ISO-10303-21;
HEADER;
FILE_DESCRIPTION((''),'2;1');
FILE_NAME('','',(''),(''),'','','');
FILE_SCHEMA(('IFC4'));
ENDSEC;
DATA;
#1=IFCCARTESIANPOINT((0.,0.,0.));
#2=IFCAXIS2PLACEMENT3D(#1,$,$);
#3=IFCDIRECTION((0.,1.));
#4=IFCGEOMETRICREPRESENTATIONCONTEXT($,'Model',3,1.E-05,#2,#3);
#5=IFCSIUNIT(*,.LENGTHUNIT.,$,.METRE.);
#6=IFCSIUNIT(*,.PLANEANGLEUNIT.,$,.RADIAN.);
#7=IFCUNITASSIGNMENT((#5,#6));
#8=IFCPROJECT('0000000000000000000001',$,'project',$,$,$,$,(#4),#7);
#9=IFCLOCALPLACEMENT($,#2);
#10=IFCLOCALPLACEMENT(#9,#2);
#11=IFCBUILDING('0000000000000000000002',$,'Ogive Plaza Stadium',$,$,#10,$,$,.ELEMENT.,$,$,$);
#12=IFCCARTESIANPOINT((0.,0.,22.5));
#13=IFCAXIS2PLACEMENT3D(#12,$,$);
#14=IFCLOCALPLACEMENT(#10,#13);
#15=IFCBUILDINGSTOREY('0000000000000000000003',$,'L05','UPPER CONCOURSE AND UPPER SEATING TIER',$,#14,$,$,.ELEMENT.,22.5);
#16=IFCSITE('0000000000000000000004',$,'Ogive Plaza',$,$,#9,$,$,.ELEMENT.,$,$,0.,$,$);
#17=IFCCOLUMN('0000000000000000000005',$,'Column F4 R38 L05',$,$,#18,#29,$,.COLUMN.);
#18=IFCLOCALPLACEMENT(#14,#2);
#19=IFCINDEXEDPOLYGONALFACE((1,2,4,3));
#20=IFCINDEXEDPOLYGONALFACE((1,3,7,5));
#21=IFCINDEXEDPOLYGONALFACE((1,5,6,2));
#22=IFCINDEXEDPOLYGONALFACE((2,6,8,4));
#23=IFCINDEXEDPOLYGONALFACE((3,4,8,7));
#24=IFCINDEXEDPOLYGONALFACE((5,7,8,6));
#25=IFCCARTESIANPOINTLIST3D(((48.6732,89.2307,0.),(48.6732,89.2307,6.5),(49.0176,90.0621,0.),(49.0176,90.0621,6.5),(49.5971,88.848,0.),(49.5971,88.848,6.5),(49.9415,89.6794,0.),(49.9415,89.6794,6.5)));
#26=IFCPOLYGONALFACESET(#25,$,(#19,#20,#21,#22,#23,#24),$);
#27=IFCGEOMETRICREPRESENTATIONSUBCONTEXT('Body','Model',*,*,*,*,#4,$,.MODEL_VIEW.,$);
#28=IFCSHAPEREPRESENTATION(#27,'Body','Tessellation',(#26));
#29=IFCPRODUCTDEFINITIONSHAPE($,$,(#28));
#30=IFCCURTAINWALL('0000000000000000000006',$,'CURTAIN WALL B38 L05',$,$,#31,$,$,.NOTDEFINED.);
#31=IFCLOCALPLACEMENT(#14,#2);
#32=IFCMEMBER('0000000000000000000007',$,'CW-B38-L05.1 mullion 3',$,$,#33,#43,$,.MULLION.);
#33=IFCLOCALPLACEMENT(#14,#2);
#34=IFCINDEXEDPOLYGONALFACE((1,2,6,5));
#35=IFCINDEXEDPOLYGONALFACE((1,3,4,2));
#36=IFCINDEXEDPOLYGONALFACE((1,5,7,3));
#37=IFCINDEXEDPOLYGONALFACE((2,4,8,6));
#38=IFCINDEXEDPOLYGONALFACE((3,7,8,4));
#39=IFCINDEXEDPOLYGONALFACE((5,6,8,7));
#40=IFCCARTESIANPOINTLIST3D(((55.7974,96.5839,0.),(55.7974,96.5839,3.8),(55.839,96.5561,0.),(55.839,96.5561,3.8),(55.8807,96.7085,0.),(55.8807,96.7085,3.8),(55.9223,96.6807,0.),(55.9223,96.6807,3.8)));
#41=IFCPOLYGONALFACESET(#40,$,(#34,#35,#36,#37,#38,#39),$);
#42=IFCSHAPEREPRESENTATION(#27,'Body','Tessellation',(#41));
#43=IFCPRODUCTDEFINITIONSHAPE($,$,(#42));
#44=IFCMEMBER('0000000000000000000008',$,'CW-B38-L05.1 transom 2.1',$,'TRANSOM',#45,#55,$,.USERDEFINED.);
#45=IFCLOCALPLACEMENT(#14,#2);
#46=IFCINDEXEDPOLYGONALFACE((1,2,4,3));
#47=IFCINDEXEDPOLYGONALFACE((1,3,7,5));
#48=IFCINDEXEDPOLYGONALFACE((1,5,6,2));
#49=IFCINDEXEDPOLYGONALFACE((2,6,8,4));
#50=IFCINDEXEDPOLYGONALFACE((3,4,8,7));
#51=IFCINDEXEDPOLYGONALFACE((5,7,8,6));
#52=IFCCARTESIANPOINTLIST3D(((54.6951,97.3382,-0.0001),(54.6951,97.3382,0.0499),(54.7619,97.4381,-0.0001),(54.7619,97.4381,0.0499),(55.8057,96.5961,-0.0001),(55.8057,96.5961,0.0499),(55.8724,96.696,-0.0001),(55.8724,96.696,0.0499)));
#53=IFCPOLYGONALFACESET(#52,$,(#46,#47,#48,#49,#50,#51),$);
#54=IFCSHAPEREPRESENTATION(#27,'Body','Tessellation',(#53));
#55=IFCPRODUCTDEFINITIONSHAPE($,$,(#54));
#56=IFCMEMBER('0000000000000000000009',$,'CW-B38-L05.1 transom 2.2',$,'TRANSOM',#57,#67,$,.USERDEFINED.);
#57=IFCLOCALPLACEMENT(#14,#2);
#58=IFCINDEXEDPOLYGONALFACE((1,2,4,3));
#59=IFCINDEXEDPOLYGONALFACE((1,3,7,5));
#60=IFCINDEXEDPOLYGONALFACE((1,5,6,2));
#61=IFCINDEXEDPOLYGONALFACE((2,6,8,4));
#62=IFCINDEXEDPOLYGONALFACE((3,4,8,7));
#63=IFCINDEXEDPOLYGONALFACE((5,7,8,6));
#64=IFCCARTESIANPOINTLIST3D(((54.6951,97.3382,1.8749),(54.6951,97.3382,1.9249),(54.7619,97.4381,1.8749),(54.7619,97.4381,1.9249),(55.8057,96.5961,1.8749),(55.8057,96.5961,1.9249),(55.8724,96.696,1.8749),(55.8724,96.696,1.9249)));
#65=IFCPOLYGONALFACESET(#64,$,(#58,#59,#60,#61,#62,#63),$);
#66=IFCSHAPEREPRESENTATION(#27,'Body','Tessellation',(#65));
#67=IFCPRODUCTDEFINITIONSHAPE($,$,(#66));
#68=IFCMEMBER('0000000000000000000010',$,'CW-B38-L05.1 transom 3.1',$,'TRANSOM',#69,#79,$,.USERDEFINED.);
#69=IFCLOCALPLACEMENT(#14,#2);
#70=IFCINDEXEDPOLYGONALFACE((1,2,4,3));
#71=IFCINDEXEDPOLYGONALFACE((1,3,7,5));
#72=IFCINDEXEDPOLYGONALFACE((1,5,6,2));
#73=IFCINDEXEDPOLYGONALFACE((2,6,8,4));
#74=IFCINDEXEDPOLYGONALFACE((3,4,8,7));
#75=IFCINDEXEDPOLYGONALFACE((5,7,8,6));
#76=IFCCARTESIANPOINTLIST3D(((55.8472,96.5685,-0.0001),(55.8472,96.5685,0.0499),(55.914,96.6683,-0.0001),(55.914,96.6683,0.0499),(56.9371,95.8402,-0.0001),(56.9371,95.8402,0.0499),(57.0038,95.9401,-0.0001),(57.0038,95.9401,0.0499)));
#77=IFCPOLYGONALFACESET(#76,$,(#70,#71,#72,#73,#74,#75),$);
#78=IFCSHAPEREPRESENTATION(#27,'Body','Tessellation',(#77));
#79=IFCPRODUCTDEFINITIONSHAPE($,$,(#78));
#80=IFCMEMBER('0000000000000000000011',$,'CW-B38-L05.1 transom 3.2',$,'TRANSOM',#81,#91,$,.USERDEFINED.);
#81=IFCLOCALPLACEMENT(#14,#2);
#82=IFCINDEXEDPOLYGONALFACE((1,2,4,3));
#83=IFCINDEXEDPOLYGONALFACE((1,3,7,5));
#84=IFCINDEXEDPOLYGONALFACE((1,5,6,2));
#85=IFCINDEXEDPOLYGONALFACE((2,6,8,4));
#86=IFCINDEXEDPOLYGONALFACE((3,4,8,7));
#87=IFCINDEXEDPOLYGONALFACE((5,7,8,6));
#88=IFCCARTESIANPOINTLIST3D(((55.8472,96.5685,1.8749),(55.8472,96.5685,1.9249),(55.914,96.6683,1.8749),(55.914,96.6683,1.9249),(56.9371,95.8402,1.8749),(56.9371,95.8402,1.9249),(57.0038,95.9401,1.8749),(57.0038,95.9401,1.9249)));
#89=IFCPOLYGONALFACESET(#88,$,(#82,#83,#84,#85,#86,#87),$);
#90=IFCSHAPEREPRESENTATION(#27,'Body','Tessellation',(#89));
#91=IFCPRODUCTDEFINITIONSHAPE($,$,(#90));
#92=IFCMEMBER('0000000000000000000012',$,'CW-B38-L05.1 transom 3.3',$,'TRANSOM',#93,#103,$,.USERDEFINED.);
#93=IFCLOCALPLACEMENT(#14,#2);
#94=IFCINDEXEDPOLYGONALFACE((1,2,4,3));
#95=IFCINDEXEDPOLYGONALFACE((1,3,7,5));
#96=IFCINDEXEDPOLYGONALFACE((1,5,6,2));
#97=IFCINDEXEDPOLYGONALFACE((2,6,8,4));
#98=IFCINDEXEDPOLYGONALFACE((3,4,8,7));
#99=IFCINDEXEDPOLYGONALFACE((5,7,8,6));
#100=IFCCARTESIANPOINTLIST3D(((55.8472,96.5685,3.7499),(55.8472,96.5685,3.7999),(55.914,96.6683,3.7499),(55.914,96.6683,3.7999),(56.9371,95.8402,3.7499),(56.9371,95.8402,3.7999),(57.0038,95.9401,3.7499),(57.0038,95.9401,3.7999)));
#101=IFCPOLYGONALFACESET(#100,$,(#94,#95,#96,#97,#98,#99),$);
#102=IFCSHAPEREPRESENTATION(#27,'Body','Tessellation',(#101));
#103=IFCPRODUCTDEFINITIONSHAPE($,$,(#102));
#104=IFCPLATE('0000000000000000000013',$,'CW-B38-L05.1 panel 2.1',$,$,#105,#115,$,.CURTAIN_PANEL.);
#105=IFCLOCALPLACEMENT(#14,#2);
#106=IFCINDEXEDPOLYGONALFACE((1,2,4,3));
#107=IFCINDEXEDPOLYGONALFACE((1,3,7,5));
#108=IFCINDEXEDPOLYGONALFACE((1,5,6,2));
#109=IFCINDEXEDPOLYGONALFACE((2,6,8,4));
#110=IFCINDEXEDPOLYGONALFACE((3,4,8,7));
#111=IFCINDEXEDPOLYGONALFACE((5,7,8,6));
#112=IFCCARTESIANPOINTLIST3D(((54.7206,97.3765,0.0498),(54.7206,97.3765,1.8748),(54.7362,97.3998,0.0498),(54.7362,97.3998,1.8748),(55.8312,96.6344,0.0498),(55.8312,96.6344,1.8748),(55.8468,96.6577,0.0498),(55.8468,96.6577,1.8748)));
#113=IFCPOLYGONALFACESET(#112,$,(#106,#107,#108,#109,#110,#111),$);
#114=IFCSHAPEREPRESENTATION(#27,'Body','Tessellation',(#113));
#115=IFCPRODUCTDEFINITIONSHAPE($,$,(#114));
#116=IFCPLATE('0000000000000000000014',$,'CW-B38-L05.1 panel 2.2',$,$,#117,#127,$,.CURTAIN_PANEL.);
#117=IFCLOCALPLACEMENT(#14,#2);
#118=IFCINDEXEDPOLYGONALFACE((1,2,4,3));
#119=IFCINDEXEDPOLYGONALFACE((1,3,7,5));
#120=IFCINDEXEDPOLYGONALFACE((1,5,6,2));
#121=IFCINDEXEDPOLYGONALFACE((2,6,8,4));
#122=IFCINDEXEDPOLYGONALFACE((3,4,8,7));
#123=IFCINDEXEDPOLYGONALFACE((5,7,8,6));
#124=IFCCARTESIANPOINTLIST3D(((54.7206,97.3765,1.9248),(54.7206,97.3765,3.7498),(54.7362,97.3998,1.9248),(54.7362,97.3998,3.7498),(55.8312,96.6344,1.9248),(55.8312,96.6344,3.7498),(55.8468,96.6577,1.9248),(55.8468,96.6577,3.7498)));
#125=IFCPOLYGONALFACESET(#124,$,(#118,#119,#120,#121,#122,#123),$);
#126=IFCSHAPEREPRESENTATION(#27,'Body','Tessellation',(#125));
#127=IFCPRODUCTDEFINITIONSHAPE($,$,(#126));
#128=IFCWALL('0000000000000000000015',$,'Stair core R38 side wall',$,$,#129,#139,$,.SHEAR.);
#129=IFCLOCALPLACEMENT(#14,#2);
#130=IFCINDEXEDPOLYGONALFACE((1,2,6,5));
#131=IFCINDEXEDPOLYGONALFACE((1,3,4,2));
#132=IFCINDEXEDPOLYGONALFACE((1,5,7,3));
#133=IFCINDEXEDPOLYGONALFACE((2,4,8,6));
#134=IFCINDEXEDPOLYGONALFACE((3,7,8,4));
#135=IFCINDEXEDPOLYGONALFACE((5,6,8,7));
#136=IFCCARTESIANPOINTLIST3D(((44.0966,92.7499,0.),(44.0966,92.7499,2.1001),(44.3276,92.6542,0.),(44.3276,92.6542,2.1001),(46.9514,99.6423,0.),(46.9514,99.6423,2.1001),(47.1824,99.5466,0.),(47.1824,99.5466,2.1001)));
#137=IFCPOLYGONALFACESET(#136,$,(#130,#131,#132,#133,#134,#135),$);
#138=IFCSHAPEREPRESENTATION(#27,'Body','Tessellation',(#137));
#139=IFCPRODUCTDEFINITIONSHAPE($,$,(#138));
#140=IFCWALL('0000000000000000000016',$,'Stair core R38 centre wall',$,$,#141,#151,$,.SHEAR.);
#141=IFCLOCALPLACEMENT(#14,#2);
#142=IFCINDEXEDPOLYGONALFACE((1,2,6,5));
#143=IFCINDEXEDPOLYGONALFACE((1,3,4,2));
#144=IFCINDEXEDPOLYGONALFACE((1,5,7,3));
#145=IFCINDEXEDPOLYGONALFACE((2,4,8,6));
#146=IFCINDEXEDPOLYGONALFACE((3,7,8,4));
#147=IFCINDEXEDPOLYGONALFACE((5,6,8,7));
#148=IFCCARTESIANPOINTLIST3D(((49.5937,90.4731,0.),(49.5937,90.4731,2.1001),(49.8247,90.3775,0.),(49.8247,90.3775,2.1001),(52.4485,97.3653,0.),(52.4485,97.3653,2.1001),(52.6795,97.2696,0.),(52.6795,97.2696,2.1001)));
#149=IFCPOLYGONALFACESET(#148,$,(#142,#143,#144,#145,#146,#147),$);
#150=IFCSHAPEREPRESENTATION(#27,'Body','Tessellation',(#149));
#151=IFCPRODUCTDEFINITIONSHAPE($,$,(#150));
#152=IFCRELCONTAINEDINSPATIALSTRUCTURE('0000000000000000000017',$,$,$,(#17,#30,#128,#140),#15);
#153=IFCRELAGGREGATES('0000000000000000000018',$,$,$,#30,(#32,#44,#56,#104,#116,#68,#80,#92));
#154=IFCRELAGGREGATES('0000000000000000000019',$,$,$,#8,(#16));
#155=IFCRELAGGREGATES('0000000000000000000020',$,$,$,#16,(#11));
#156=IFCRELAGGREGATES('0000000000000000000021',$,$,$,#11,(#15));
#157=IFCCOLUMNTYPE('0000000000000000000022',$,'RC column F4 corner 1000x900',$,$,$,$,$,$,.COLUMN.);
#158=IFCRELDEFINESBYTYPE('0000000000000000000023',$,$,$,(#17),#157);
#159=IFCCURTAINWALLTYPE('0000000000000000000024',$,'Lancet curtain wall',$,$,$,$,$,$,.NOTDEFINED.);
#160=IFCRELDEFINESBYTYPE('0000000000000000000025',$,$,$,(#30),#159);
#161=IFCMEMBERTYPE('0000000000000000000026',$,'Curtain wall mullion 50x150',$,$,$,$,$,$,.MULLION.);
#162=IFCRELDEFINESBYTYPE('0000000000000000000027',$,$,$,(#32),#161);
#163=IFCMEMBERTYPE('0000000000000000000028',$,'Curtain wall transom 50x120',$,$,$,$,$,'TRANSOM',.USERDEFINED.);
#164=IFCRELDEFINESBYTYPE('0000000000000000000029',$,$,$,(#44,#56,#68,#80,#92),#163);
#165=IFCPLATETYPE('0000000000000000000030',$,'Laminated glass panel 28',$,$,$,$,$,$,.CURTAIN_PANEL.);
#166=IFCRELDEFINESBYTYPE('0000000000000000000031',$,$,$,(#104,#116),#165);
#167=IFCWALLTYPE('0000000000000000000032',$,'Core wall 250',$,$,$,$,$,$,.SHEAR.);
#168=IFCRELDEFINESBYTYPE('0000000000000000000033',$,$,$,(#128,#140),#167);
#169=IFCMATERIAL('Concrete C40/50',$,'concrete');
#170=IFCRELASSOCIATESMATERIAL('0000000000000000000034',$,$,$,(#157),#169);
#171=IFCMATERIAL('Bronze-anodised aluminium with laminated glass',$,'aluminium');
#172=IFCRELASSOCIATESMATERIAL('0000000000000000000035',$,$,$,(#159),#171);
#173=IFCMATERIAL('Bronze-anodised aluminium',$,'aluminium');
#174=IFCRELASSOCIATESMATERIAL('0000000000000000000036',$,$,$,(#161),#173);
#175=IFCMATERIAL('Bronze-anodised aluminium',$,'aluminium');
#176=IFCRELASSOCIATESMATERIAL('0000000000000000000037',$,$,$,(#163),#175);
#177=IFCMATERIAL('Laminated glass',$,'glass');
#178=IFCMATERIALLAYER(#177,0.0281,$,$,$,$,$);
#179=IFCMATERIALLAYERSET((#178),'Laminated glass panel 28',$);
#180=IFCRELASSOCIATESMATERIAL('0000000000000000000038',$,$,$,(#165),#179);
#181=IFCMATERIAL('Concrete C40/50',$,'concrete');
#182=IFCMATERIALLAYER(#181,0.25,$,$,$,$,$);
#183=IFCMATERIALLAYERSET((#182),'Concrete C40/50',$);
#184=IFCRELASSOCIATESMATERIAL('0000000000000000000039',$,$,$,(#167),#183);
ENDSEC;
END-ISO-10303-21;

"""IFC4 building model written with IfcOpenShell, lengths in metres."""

from ifc_helpers import new_model, si_unit, direction, frame, frame_2d, origin, origin_2d, place, context, subcontext, project, spatial, rectangle, extrude, material, layer, layer_set, material_profile, profile_set, type_object, element, aggregate, save


model = new_model("IFC4")

# Units and contexts
model_context = context("Model", 3, precision=1e-05, world=origin(), true_north=direction((0.0, 1.0)))
body_context = subcontext(model_context, "Body", "Model", "MODEL_VIEW")
ifc_project = project(units=[si_unit("LENGTHUNIT", "METRE"), si_unit("PLANEANGLEUNIT", "RADIAN")], contexts=[model_context])

# Site, building, storey
site_placement = place(None, origin())
site = spatial("IfcSite", under=ifc_project, at=site_placement, Name="Ogive Plaza", CompositionType="ELEMENT", RefElevation=0.0)
building_placement = place(site_placement, origin())
building = spatial("IfcBuilding", under=site, at=building_placement, Name="Ogive Plaza Stadium", CompositionType="ELEMENT")
storey_placement = place(building_placement, frame((0.0, 0.0, 22.5)))
storey = spatial("IfcBuildingStorey", under=building, at=storey_placement, Name="L05", Description="UPPER CONCOURSE AND UPPER SEATING TIER", CompositionType="ELEMENT", Elevation=22.5)

# Column
ifc_material_1 = material(Name="Concrete C40/50", Category="concrete")
ifc_material_profile_1 = material_profile(ifc_material_1, rectangle(XDim=1.0, YDim=0.8999, at=origin_2d()), Name="RC 1000x900")
ifc_profile_set_1 = profile_set([ifc_material_profile_1], Name="Concrete C40/50")
column_type = type_object("IfcColumnType", Name="RC column F4 corner 1000x900", PredefinedType="COLUMN", material=ifc_profile_set_1)
column_placement = place(storey_placement, frame((49.3074, 89.4551, 0.0), z_axis=(0.0, 0.0, 1.0), x_axis=(-0.92388, 0.382683, 0.0)))
element("IfcColumn", 1, at=column_placement, inside=storey, type_object=column_type, Name="Column F4 R38 L05", PredefinedType="COLUMN", context=body_context, shape_type="SweptSolid", body=[
    extrude(rectangle(XDim=1.0, YDim=0.8999, at=origin_2d()), origin(), (0.0, 0.0, 1.0), 6.5),
])

# Curtain wall, members, plates
ifc_material_2 = material(Name="Bronze-anodised aluminium with laminated glass", Category="aluminium")
curtain_wall_type = type_object("IfcCurtainWallType", Name="Lancet curtain wall", PredefinedType="NOTDEFINED", material=ifc_material_2)
curtain_wall_placement = place(storey_placement, origin())
curtain_wall = element("IfcCurtainWall", 2, at=curtain_wall_placement, inside=storey, type_object=curtain_wall_type, Name="CURTAIN WALL B38 L05", PredefinedType="NOTDEFINED")
ifc_material_3 = material(Name="Bronze-anodised aluminium", Category="aluminium")
ifc_material_profile_2 = material_profile(ifc_material_3, rectangle(XDim=0.1499, YDim=0.05, at=origin_2d()), Name="AL 150x50")
ifc_profile_set_2 = profile_set([ifc_material_profile_2], Name="Bronze-anodised aluminium")
member_type_1 = type_object("IfcMemberType", Name="Curtain wall mullion 50x150", PredefinedType="MULLION", material=ifc_profile_set_2)
member_1_placement = place(storey_placement, frame((55.8599, 96.6323, 0.0), z_axis=(0.0, 0.0, 1.0), x_axis=(0.55557, 0.83147, 0.0)))
member_1 = element("IfcMember", 3, at=member_1_placement, type_object=member_type_1, Name="CW-B38-L05.1 mullion 3", PredefinedType="MULLION", context=body_context, shape_type="SweptSolid", body=[
    extrude(rectangle(XDim=0.1499, YDim=0.05, at=origin_2d()), origin(), (0.0, 0.0, 1.0), 3.8),
])
ifc_material_4 = material(Name="Bronze-anodised aluminium", Category="aluminium")
ifc_material_profile_3 = material_profile(ifc_material_4, rectangle(XDim=0.1201, YDim=0.05, at=origin_2d()), Name="AL 120x50")
ifc_profile_set_3 = profile_set([ifc_material_profile_3], Name="Bronze-anodised aluminium")
member_type_2 = type_object("IfcMemberType", Name="Curtain wall transom 50x120", ElementType="TRANSOM", PredefinedType="USERDEFINED", material=ifc_profile_set_3)
member_2_placement = place(storey_placement, frame((54.7285, 97.3882, 0.0249), z_axis=(0.831431, -0.555628, 0.0), x_axis=(0.555628, 0.831431, 0.0)))
member_2 = element("IfcMember", 4, at=member_2_placement, type_object=member_type_2, Name="CW-B38-L05.1 transom 2.1", ObjectType="TRANSOM", PredefinedType="USERDEFINED", context=body_context, shape_type="SweptSolid", body=[
    extrude(rectangle(XDim=0.1201, YDim=0.05, at=origin_2d()), origin(), (0.0, 0.0, 1.0), 1.3357),
])
member_3_placement = place(storey_placement, frame((54.7285, 97.3882, 1.8999), z_axis=(0.831431, -0.555628, 0.0), x_axis=(0.555628, 0.831431, 0.0)))
member_3 = element("IfcMember", 5, at=member_3_placement, type_object=member_type_2, Name="CW-B38-L05.1 transom 2.2", ObjectType="TRANSOM", PredefinedType="USERDEFINED", context=body_context, shape_type="SweptSolid", body=[
    extrude(rectangle(XDim=0.1201, YDim=0.05, at=origin_2d()), origin(), (0.0, 0.0, 1.0), 1.3357),
])
member_4_placement = place(storey_placement, frame((55.8806, 96.6184, 0.0249), z_axis=(0.831448, -0.555602, 0.0), x_axis=(0.555602, 0.831448, 0.0)))
member_4 = element("IfcMember", 6, at=member_4_placement, type_object=member_type_2, Name="CW-B38-L05.1 transom 3.1", ObjectType="TRANSOM", PredefinedType="USERDEFINED", context=body_context, shape_type="SweptSolid", body=[
    extrude(rectangle(XDim=0.1201, YDim=0.05, at=origin_2d()), origin(), (0.0, 0.0, 1.0), 1.3108),
])
member_5_placement = place(storey_placement, frame((55.8806, 96.6184, 1.8999), z_axis=(0.831448, -0.555602, 0.0), x_axis=(0.555602, 0.831448, 0.0)))
member_5 = element("IfcMember", 7, at=member_5_placement, type_object=member_type_2, Name="CW-B38-L05.1 transom 3.2", ObjectType="TRANSOM", PredefinedType="USERDEFINED", context=body_context, shape_type="SweptSolid", body=[
    extrude(rectangle(XDim=0.1201, YDim=0.05, at=origin_2d()), origin(), (0.0, 0.0, 1.0), 1.3108),
])
member_6_placement = place(storey_placement, frame((55.8806, 96.6184, 3.7749), z_axis=(0.831448, -0.555602, 0.0), x_axis=(0.555602, 0.831448, 0.0)))
member_6 = element("IfcMember", 8, at=member_6_placement, type_object=member_type_2, Name="CW-B38-L05.1 transom 3.3", ObjectType="TRANSOM", PredefinedType="USERDEFINED", context=body_context, shape_type="SweptSolid", body=[
    extrude(rectangle(XDim=0.1201, YDim=0.05, at=origin_2d()), origin(), (0.0, 0.0, 1.0), 1.3108),
])
ifc_material_5 = material(Name="Laminated glass", Category="glass")
ifc_layer_1 = layer(ifc_material_5, 0.0281)
ifc_layer_set_1 = layer_set([ifc_layer_1], Name="Laminated glass panel 28")
plate_type = type_object("IfcPlateType", Name="Laminated glass panel 28", PredefinedType="CURTAIN_PANEL", material=ifc_layer_set_1)
plate_1_placement = place(storey_placement, frame((55.2837, 97.0171, 0.0498), z_axis=(0.0, 0.0, 1.0), x_axis=(0.83147, -0.55557, 0.0)))
plate_1 = element("IfcPlate", 9, at=plate_1_placement, type_object=plate_type, Name="CW-B38-L05.1 panel 2.1", PredefinedType="CURTAIN_PANEL", context=body_context, shape_type="SweptSolid", body=[
    extrude(rectangle(XDim=1.3357, YDim=0.0281, at=origin_2d()), origin(), (0.0, 0.0, 1.0), 1.825),
])
plate_2_placement = place(storey_placement, frame((55.2837, 97.0171, 1.9248), z_axis=(0.0, 0.0, 1.0), x_axis=(0.83147, -0.55557, 0.0)))
plate_2 = element("IfcPlate", 10, at=plate_2_placement, type_object=plate_type, Name="CW-B38-L05.1 panel 2.2", PredefinedType="CURTAIN_PANEL", context=body_context, shape_type="SweptSolid", body=[
    extrude(rectangle(XDim=1.3357, YDim=0.0281, at=origin_2d()), origin(), (0.0, 0.0, 1.0), 1.825),
])
aggregate(curtain_wall, [member_1, member_2, member_3, plate_1, plate_2, member_4, member_5, member_6])

# Walls
ifc_material_6 = material(Name="Concrete C40/50", Category="concrete")
ifc_layer_2 = layer(ifc_material_6, 0.25)
ifc_layer_set_2 = layer_set([ifc_layer_2], Name="Concrete C40/50")
wall_type = type_object("IfcWallType", Name="Core wall 250", PredefinedType="SHEAR", material=ifc_layer_set_2)
wall_1_placement = place(storey_placement, frame((44.2122, 92.7021, 0.0), z_axis=(0.0, 0.0, 1.0), x_axis=(0.382665, 0.923887, 0.0)))
element("IfcWall", 11, at=wall_1_placement, inside=storey, type_object=wall_type, Name="Stair core R38 side wall", PredefinedType="SHEAR", context=body_context, shape_type="SweptSolid", body=[
    extrude(rectangle(XDim=7.4602, YDim=0.25, at=frame_2d((3.73, 0.0))), origin(), (0.0, 0.0, 1.0), 2.1001),
])
wall_2_placement = place(storey_placement, frame((49.7092, 90.4253, 0.0), z_axis=(0.0, 0.0, 1.0), x_axis=(0.382676, 0.923882, 0.0)))
element("IfcWall", 12, at=wall_2_placement, inside=storey, type_object=wall_type, Name="Stair core R38 centre wall", PredefinedType="SHEAR", context=body_context, shape_type="SweptSolid", body=[
    extrude(rectangle(XDim=7.46, YDim=0.25, at=frame_2d((3.73, 0.0))), origin(), (0.0, 0.0, 1.0), 2.1001),
])

save(model, "model.ifc")
